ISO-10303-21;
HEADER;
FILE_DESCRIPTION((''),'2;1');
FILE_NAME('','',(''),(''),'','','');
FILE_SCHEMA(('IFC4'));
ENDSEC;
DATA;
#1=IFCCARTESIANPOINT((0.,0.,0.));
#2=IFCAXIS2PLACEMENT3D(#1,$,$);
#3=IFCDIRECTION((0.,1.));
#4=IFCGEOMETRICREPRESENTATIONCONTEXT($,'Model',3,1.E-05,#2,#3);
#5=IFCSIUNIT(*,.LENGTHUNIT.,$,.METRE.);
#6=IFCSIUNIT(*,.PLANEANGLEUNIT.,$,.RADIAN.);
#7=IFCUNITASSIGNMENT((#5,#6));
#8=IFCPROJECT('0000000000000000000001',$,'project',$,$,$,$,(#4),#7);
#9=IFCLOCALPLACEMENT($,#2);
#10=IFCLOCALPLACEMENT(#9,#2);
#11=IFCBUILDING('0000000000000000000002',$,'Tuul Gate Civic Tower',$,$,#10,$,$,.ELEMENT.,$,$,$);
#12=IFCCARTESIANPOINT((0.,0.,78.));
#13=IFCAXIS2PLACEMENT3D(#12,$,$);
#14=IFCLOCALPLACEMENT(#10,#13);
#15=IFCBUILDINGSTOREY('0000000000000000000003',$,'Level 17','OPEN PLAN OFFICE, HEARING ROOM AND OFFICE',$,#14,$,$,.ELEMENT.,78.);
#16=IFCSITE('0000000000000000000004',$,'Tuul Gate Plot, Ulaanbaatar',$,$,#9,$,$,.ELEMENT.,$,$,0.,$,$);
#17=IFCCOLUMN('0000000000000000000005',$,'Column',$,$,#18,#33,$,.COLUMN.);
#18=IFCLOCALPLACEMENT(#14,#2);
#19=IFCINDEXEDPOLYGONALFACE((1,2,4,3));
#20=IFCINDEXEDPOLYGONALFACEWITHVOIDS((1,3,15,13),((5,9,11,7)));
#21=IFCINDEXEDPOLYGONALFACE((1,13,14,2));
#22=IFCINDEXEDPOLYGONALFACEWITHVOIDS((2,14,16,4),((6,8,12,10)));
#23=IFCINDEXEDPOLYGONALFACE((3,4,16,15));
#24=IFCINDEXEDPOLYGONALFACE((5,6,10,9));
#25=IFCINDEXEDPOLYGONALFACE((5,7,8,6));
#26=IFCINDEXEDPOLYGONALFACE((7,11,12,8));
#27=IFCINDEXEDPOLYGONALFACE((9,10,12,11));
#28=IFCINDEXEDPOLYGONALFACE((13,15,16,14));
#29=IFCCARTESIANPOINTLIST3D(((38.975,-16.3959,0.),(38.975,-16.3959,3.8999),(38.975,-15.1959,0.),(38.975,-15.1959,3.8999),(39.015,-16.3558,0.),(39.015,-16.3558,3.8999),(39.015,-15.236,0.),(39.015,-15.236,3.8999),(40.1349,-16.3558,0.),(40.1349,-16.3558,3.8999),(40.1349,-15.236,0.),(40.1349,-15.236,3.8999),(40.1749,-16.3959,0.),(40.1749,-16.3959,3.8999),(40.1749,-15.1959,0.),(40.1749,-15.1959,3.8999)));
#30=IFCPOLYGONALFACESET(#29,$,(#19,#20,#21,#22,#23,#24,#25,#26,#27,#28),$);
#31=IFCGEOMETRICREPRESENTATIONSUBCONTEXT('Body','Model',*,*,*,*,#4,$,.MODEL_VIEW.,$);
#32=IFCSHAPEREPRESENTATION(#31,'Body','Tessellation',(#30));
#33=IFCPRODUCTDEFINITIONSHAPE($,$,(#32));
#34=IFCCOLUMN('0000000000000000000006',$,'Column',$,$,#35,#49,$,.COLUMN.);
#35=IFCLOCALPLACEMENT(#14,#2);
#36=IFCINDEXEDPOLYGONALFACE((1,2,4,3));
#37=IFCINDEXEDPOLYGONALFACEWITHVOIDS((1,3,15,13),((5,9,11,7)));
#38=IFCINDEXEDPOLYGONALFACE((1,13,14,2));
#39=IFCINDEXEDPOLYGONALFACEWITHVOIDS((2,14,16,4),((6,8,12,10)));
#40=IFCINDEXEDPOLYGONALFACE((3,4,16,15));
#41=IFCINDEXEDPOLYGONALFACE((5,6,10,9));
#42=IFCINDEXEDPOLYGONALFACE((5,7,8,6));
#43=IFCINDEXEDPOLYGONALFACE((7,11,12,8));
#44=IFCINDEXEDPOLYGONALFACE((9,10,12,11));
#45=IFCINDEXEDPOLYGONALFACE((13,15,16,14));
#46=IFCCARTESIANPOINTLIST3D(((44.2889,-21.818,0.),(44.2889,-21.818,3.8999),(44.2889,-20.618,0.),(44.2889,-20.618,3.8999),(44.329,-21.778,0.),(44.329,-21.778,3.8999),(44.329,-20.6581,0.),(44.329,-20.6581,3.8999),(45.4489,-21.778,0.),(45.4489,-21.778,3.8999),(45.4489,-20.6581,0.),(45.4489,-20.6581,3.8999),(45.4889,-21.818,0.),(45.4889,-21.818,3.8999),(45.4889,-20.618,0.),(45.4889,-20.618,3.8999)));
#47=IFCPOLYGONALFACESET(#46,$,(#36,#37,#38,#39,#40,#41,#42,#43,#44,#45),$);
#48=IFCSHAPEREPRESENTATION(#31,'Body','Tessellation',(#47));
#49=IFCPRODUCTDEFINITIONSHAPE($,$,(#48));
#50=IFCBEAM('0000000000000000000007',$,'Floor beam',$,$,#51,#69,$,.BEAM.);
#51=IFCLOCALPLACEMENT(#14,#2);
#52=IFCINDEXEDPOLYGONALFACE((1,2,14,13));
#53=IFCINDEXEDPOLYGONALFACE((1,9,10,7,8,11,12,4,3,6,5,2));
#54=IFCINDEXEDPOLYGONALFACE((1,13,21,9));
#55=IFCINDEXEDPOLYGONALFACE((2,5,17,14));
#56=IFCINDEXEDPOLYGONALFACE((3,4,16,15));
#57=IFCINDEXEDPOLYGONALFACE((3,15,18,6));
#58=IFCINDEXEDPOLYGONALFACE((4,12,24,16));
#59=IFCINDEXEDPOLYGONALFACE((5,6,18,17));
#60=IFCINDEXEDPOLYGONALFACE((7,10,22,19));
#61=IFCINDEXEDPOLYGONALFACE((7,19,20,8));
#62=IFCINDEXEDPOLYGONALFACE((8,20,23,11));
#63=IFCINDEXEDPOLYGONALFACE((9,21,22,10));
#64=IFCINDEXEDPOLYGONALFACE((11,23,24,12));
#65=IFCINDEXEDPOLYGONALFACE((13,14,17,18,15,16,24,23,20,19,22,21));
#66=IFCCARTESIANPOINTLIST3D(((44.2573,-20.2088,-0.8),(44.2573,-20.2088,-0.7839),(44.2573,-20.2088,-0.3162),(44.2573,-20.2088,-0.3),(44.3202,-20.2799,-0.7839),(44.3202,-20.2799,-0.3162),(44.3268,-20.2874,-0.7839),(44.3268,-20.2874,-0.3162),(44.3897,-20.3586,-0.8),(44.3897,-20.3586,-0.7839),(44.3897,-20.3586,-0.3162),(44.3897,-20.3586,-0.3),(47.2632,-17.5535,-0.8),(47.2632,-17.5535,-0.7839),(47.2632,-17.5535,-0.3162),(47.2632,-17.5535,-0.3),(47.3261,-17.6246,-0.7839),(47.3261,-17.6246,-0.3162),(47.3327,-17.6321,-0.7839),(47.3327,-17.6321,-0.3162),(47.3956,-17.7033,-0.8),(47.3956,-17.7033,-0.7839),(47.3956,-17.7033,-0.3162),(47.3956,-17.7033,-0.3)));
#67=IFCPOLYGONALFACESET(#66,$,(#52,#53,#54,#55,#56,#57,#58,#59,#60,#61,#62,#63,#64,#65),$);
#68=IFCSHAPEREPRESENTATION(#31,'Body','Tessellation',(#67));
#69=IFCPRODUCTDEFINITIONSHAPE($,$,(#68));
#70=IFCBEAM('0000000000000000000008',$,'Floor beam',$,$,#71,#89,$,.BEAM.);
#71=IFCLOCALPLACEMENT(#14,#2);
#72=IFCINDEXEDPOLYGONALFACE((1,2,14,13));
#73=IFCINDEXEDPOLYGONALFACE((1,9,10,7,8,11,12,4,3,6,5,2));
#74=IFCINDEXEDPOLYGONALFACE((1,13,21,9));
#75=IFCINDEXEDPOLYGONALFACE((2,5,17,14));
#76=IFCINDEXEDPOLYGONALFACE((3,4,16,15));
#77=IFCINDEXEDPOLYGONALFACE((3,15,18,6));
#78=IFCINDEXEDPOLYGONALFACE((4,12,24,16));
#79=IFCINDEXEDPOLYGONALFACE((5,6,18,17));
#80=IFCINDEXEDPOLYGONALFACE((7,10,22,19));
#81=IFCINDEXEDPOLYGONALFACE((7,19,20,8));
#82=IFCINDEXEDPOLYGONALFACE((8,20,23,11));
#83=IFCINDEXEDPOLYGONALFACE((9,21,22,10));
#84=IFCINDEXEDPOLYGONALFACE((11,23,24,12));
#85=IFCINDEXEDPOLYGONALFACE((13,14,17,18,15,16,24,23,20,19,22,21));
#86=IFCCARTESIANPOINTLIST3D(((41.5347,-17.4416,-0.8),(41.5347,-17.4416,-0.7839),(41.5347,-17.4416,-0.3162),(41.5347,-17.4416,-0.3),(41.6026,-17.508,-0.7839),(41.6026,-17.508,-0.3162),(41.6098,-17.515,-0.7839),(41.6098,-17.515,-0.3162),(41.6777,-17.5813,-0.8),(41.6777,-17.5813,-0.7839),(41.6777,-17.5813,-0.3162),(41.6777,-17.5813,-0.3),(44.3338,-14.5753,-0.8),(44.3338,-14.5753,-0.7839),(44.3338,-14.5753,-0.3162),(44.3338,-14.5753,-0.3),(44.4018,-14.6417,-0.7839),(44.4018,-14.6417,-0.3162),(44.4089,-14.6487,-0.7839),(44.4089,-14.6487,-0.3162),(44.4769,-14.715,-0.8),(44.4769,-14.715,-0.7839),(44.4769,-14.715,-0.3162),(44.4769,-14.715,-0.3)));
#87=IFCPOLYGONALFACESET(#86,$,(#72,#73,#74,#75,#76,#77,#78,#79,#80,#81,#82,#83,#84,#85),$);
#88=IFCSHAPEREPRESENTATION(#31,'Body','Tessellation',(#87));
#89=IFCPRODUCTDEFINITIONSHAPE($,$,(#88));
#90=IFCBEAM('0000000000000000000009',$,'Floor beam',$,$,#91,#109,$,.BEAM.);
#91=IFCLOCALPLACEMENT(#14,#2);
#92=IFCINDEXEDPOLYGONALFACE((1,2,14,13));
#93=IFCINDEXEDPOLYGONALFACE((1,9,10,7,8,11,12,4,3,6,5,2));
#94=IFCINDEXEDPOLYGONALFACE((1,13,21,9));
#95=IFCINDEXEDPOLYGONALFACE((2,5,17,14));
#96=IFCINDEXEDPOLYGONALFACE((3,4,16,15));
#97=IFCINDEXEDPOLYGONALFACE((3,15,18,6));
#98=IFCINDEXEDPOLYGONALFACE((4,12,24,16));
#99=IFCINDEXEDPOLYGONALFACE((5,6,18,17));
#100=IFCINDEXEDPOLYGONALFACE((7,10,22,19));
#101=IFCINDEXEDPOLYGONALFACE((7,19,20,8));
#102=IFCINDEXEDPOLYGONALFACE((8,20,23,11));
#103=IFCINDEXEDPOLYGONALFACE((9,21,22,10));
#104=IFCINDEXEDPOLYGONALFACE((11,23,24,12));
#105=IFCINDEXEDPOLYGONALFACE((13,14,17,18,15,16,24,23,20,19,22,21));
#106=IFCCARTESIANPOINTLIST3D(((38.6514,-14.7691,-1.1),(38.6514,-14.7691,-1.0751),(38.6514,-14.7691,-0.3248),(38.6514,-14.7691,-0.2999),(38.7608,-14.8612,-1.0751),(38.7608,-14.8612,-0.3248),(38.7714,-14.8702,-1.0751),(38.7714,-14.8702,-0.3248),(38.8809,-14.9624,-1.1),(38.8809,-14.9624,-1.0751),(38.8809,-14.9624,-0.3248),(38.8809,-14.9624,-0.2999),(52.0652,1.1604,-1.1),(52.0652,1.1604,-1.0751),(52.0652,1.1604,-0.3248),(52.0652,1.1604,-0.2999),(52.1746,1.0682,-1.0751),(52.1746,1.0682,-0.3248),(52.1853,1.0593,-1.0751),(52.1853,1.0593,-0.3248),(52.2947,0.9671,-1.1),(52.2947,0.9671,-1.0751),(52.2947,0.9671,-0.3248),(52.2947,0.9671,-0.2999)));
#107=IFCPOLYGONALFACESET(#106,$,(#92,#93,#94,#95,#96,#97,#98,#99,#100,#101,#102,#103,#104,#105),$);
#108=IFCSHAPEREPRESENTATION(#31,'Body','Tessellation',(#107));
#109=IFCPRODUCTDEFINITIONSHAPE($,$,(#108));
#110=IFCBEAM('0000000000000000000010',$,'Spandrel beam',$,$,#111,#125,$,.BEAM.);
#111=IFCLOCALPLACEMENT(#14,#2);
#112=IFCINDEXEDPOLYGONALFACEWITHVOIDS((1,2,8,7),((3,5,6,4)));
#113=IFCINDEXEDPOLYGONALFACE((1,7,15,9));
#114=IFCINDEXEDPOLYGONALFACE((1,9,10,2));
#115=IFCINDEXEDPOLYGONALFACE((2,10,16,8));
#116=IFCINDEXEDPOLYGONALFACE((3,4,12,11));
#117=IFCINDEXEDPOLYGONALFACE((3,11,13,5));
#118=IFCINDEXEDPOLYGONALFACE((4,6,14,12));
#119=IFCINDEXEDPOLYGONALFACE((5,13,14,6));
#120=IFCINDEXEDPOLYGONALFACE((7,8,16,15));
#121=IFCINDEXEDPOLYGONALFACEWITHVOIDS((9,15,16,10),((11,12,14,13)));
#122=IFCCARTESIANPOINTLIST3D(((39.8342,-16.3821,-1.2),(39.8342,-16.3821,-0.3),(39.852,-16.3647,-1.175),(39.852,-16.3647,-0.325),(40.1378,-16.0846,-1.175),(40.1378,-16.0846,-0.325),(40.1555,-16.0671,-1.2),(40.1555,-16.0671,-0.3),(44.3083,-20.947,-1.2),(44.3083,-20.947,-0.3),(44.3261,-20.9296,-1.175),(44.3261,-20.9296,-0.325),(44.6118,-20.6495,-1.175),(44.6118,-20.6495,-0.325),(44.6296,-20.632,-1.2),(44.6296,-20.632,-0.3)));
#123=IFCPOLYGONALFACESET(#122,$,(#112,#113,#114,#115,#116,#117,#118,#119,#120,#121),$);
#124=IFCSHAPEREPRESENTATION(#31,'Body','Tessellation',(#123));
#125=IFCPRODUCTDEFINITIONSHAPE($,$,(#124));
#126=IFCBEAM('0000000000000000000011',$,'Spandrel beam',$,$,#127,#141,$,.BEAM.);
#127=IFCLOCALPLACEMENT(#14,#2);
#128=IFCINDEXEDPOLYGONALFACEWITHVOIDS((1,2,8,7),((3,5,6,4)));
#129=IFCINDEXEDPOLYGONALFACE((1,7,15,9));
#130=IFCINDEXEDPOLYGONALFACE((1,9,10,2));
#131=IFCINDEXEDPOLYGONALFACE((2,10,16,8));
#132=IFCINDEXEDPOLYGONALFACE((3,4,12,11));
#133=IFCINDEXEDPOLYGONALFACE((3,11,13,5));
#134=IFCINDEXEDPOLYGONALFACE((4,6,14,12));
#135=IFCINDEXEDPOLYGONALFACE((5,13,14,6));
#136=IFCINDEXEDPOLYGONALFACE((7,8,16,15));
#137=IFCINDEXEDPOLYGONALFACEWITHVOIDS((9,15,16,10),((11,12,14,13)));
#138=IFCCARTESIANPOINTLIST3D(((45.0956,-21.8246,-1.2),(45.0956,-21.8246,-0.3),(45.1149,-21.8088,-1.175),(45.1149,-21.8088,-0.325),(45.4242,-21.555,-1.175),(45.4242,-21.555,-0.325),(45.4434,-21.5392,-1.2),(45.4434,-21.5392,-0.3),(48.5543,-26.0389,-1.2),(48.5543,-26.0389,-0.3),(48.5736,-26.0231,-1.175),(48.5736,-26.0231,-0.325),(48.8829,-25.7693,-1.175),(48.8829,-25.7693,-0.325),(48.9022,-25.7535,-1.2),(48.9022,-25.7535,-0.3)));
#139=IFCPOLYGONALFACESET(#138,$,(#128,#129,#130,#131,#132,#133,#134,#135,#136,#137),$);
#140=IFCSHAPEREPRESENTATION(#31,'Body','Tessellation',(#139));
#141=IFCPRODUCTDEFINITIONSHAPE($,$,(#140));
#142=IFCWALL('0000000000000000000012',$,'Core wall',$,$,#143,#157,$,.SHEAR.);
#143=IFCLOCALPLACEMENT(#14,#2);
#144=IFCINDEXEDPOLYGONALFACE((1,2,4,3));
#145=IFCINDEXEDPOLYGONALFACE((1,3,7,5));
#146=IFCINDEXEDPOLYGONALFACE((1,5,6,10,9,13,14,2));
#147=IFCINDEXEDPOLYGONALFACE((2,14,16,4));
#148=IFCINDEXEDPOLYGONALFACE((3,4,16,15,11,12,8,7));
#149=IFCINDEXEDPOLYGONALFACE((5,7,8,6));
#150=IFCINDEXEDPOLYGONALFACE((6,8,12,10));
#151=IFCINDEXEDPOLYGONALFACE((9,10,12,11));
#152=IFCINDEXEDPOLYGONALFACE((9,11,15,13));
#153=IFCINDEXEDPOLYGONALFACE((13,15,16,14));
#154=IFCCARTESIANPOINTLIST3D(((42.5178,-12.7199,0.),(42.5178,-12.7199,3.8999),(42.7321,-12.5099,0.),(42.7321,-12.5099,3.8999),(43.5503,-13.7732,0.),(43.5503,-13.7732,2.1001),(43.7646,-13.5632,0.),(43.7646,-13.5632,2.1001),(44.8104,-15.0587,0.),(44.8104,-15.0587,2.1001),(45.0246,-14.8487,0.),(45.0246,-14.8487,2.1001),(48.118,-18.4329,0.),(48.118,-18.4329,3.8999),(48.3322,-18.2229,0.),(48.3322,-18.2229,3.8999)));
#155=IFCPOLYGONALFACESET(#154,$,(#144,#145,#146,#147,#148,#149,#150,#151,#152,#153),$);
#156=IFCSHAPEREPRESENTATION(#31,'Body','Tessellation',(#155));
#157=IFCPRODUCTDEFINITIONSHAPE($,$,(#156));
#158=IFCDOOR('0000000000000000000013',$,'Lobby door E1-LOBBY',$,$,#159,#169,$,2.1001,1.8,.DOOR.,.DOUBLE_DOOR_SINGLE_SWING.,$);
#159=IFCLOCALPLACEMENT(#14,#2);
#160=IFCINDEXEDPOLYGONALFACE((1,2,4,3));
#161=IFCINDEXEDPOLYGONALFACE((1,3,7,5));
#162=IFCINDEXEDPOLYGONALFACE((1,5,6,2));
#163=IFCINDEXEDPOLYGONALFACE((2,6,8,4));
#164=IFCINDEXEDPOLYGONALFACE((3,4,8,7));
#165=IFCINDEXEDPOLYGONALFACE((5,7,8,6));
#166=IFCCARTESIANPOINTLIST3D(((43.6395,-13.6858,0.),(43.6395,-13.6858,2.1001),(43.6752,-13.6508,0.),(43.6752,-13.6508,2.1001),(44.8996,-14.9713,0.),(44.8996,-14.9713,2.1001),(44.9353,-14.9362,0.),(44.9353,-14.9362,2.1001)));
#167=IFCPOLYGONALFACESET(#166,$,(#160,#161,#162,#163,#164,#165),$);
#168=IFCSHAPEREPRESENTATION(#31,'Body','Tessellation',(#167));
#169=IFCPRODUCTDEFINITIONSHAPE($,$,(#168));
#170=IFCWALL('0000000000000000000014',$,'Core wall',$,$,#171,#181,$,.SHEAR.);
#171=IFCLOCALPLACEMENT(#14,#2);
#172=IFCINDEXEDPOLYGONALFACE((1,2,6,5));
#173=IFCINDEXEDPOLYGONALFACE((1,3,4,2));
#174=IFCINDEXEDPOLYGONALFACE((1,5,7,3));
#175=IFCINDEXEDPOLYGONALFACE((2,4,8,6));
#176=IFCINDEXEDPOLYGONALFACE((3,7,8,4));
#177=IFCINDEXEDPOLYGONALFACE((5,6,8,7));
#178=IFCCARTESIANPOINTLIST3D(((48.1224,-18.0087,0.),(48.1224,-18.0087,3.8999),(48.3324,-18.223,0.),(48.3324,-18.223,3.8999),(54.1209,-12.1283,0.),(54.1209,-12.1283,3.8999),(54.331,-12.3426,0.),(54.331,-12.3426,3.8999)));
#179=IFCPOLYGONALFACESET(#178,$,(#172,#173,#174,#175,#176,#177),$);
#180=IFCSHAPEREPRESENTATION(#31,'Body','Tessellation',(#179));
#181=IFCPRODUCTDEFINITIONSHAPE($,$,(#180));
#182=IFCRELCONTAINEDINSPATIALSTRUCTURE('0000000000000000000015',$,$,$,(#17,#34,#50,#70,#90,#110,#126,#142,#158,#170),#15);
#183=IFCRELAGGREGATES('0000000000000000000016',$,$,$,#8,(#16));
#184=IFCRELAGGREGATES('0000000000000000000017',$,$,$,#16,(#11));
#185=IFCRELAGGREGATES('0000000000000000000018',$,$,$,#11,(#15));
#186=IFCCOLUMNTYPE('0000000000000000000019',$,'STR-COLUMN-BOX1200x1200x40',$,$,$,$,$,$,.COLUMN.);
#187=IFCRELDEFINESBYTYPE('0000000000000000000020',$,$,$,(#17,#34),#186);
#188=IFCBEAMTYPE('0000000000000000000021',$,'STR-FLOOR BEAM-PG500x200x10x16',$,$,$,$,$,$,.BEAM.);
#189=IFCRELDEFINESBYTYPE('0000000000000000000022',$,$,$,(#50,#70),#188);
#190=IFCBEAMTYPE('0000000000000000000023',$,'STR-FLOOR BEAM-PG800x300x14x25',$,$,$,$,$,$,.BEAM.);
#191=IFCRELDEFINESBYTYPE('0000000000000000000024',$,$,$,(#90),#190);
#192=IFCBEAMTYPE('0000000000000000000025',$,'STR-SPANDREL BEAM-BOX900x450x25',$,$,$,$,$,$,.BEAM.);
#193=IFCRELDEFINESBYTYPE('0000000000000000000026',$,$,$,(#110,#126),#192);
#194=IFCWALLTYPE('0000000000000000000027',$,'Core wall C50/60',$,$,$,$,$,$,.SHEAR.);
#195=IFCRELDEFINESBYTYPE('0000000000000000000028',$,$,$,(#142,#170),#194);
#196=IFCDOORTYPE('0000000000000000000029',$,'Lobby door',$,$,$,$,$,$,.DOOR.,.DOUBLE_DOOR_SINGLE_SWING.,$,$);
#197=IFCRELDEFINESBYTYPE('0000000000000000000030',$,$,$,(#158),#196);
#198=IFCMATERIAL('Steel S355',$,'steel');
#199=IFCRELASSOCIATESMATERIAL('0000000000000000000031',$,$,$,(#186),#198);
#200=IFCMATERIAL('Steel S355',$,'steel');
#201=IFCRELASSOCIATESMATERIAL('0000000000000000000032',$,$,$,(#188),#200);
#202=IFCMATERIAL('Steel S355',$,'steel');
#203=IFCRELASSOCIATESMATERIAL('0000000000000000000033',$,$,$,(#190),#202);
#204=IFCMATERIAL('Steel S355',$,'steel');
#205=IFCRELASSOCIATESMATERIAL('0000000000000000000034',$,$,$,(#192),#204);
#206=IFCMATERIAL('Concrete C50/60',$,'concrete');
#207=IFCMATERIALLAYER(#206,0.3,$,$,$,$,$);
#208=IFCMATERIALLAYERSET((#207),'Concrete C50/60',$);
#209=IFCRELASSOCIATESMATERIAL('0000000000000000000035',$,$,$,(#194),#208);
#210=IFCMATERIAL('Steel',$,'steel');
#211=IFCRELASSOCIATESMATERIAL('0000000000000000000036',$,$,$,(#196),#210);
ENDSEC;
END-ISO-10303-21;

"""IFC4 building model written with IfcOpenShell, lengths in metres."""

from ifc_helpers import new_model, si_unit, direction, frame, frame_2d, origin, origin_2d, place, context, subcontext, project, spatial, rectangle, hollow_rectangle, i_section, extrude, material, layer, layer_set, material_profile, profile_set, type_object, element, fill, save


model = new_model("IFC4")

# Units and contexts
model_context = context("Model", 3, precision=1e-05, world=origin(), true_north=direction((0.0, 1.0)))
body_context = subcontext(model_context, "Body", "Model", "MODEL_VIEW")
ifc_project = project(units=[si_unit("LENGTHUNIT", "METRE"), si_unit("PLANEANGLEUNIT", "RADIAN")], contexts=[model_context])

# Site, building, storey
site_placement = place(None, origin())
site = spatial("IfcSite", under=ifc_project, at=site_placement, Name="Tuul Gate Plot, Ulaanbaatar", CompositionType="ELEMENT", RefElevation=0.0)
building_placement = place(site_placement, origin())
building = spatial("IfcBuilding", under=site, at=building_placement, Name="Tuul Gate Civic Tower", CompositionType="ELEMENT")
storey_placement = place(building_placement, frame((0.0, 0.0, 78.0)))
storey = spatial("IfcBuildingStorey", under=building, at=storey_placement, Name="Level 17", Description="OPEN PLAN OFFICE, HEARING ROOM AND OFFICE", CompositionType="ELEMENT", Elevation=78.0)

# Columns
ifc_material_1 = material(Name="Steel S355", Category="steel")
ifc_material_profile_1 = material_profile(ifc_material_1, hollow_rectangle(XDim=1.2, YDim=1.2, WallThickness=0.04, at=origin_2d()), Name="BOX1200x1200x40")
ifc_profile_set_1 = profile_set([ifc_material_profile_1], Name="Steel S355")
column_type = type_object("IfcColumnType", Name="STR-COLUMN-BOX1200x1200x40", PredefinedType="COLUMN", material=ifc_profile_set_1)
for number, where, z_axis, x_axis, name in (
    (1, (39.575, -15.7959, 0.0), (0.0, 0.0, 1.0), (1.0, 0.0, 0.0), "Column"),
    (2, (44.8889, -21.218, 0.0), (0.0, 0.0, 1.0), (1.0, 0.0, 0.0), "Column"),
):
    element("IfcColumn", number, at=place(storey_placement, frame(where, z_axis=z_axis, x_axis=x_axis)), inside=storey, type_object=column_type, Name=name, PredefinedType="COLUMN", context=body_context, shape_type="SweptSolid", body=[
        extrude(hollow_rectangle(XDim=1.2, YDim=1.2, WallThickness=0.04, at=origin_2d()), origin(), (0.0, 0.0, 1.0), 3.8999),
    ])

# Beams
ifc_material_2 = material(Name="Steel S355", Category="steel")
ifc_material_profile_2 = material_profile(ifc_material_2, i_section(OverallWidth=0.2, OverallDepth=0.5, WebThickness=0.01, FlangeThickness=0.0161, at=origin_2d()), Name="PG500x200x10x16")
ifc_profile_set_2 = profile_set([ifc_material_profile_2], Name="Steel S355")
beam_type_1 = type_object("IfcBeamType", Name="STR-FLOOR BEAM-PG500x200x10x16", PredefinedType="BEAM", material=ifc_profile_set_2)
beam_1_placement = place(storey_placement, frame((44.3235, -20.2837, -0.55), z_axis=(0.749461, 0.662048, 0.0), x_axis=(-0.662048, 0.749461, 0.0)))
element("IfcBeam", 3, at=beam_1_placement, inside=storey, type_object=beam_type_1, Name="Floor beam", PredefinedType="BEAM", context=body_context, shape_type="SweptSolid", body=[
    extrude(i_section(OverallWidth=0.2, OverallDepth=0.5, WebThickness=0.01, FlangeThickness=0.0161, at=origin_2d()), origin(), (0.0, 0.0, 1.0), 4.0107),
])
beam_2_placement = place(storey_placement, frame((41.6062, -17.5115, -0.55), z_axis=(0.698678, 0.715436, 0.0), x_axis=(-0.715436, 0.698678, 0.0)))
element("IfcBeam", 4, at=beam_2_placement, inside=storey, type_object=beam_type_1, Name="Floor beam", PredefinedType="BEAM", context=body_context, shape_type="SweptSolid", body=[
    extrude(i_section(OverallWidth=0.2, OverallDepth=0.5, WebThickness=0.01, FlangeThickness=0.0161, at=origin_2d()), origin(), (0.0, 0.0, 1.0), 4.0063),
])
ifc_material_3 = material(Name="Steel S355", Category="steel")
ifc_material_profile_3 = material_profile(ifc_material_3, i_section(OverallWidth=0.3, OverallDepth=0.8, WebThickness=0.0139, FlangeThickness=0.0249, at=origin_2d()), Name="PG800x300x14x25")
ifc_profile_set_3 = profile_set([ifc_material_profile_3], Name="Steel S355")
beam_type_2 = type_object("IfcBeamType", Name="STR-FLOOR BEAM-PG800x300x14x25", PredefinedType="BEAM", material=ifc_profile_set_3)
beam_3_placement = place(storey_placement, frame((38.7661, -14.8657, -0.7), z_axis=(0.644123, 0.764922, 0.0), x_axis=(-0.764922, 0.644123, 0.0)))
element("IfcBeam", 5, at=beam_3_placement, inside=storey, type_object=beam_type_2, Name="Floor beam", PredefinedType="BEAM", context=body_context, shape_type="SweptSolid", body=[
    extrude(i_section(OverallWidth=0.3, OverallDepth=0.8, WebThickness=0.0139, FlangeThickness=0.0249, at=origin_2d()), origin(), (0.0, 0.0, 1.0), 20.825),
])
ifc_material_4 = material(Name="Steel S355", Category="steel")
ifc_material_profile_4 = material_profile(ifc_material_4, hollow_rectangle(XDim=0.45, YDim=0.8999, WallThickness=0.0249, at=origin_2d()), Name="BOX900x450x25")
ifc_profile_set_4 = profile_set([ifc_material_profile_4], Name="Steel S355")
beam_type_3 = type_object("IfcBeamType", Name="STR-SPANDREL BEAM-BOX900x450x25", PredefinedType="BEAM", material=ifc_profile_set_4)
beam_4_placement = place(storey_placement, frame((39.9949, -16.2246, -0.75), z_axis=(0.699967, -0.714175, 0.0), x_axis=(0.714175, 0.699967, 0.0)))
element("IfcBeam", 6, at=beam_4_placement, inside=storey, type_object=beam_type_3, Name="Spandrel beam", PredefinedType="BEAM", context=body_context, shape_type="SweptSolid", body=[
    extrude(hollow_rectangle(XDim=0.45, YDim=0.8999, WallThickness=0.0249, at=origin_2d()), origin(), (0.0, 0.0, 1.0), 6.3918),
])
beam_5_placement = place(storey_placement, frame((45.2695, -21.6819, -0.75), z_axis=(0.634405, -0.773001, 0.0), x_axis=(0.773001, 0.634405, 0.0)))
element("IfcBeam", 7, at=beam_5_placement, inside=storey, type_object=beam_type_3, Name="Spandrel beam", PredefinedType="BEAM", context=body_context, shape_type="SweptSolid", body=[
    extrude(hollow_rectangle(XDim=0.45, YDim=0.8999, WallThickness=0.0249, at=origin_2d()), origin(), (0.0, 0.0, 1.0), 5.4519),
])

# Wall, opening, door
ifc_material_5 = material(Name="Concrete C50/60", Category="concrete")
ifc_layer_1 = layer(ifc_material_5, 0.3)
ifc_layer_set_1 = layer_set([ifc_layer_1], Name="Concrete C50/60")
wall_type_1 = type_object("IfcWallType", Name="Core wall C50/60", PredefinedType="SHEAR", material=ifc_layer_set_1)
wall_1_placement = place(storey_placement, frame((48.2251, -18.3279, 0.0), z_axis=(0.0, 0.0, 1.0), x_axis=(-0.700022, 0.714121, 0.0)))
wall_1 = element("IfcWall", 8, at=wall_1_placement, inside=storey, type_object=wall_type_1, Name="Core wall", PredefinedType="SHEAR", context=body_context, shape_type="SweptSolid", body=[
    extrude(rectangle(XDim=8.0, YDim=0.3, at=frame_2d((4.0, 0.0))), origin(), (0.0, 0.0, 1.0), 3.8999),
])
opening_1_placement = place(wall_1_placement, frame((4.7251, 0.0, 0.0)))
opening_1 = element("IfcOpeningElement", 9, at=opening_1_placement, cuts=wall_1, PredefinedType="OPENING", context=body_context, shape_type="SweptSolid", body=[
    extrude(rectangle(XDim=1.8, YDim=2.1001, at=frame_2d((0.8999, 1.05))), frame((0.0, 0.1602, 0.0), z_axis=(0.0, -1.0, 0.0), x_axis=(1.0, 0.0, 0.0)), (0.0, 0.0, 1.0), 0.3201),
])
ifc_material_6 = material(Name="Steel", Category="steel")
door_type_1 = type_object("IfcDoorType", Name="Lobby door", OperationType="DOUBLE_DOOR_SINGLE_SWING", PredefinedType="DOOR", material=ifc_material_6)
door_1_placement = place(opening_1_placement, frame((1.8, 0.0, 0.0), z_axis=(0.0, 0.0, 1.0), x_axis=(-1.0, 0.0, 0.0)))
door_1 = element("IfcDoor", 10, at=door_1_placement, inside=storey, type_object=door_type_1, Name="Lobby door E1-LOBBY", OperationType="DOUBLE_DOOR_SINGLE_SWING", OverallHeight=2.1001, OverallWidth=1.8, PredefinedType="DOOR", context=body_context, shape_type="SweptSolid", body=[
    extrude(rectangle(XDim=1.8, YDim=2.1001, at=frame_2d((0.9001, 1.05))), frame((0.0, 0.0249, 0.0), z_axis=(0.0, -1.0, 0.0), x_axis=(1.0, 0.0, 0.0)), (0.0, 0.0, 1.0), 0.05),
])
fill(opening_1, door_1)

# Wall
wall_2_placement = place(storey_placement, frame((48.2273, -18.116, 0.0), z_axis=(0.0, 0.0, 1.0), x_axis=(0.714105, 0.700038, 0.0)))
element("IfcWall", 11, at=wall_2_placement, inside=storey, type_object=wall_type_1, Name="Core wall", PredefinedType="SHEAR", context=body_context, shape_type="SweptSolid", body=[
    extrude(rectangle(XDim=8.4001, YDim=0.3, at=frame_2d((4.2002, 0.0))), origin(), (0.0, 0.0, 1.0), 3.8999),
])

save(model, "model.ifc")
